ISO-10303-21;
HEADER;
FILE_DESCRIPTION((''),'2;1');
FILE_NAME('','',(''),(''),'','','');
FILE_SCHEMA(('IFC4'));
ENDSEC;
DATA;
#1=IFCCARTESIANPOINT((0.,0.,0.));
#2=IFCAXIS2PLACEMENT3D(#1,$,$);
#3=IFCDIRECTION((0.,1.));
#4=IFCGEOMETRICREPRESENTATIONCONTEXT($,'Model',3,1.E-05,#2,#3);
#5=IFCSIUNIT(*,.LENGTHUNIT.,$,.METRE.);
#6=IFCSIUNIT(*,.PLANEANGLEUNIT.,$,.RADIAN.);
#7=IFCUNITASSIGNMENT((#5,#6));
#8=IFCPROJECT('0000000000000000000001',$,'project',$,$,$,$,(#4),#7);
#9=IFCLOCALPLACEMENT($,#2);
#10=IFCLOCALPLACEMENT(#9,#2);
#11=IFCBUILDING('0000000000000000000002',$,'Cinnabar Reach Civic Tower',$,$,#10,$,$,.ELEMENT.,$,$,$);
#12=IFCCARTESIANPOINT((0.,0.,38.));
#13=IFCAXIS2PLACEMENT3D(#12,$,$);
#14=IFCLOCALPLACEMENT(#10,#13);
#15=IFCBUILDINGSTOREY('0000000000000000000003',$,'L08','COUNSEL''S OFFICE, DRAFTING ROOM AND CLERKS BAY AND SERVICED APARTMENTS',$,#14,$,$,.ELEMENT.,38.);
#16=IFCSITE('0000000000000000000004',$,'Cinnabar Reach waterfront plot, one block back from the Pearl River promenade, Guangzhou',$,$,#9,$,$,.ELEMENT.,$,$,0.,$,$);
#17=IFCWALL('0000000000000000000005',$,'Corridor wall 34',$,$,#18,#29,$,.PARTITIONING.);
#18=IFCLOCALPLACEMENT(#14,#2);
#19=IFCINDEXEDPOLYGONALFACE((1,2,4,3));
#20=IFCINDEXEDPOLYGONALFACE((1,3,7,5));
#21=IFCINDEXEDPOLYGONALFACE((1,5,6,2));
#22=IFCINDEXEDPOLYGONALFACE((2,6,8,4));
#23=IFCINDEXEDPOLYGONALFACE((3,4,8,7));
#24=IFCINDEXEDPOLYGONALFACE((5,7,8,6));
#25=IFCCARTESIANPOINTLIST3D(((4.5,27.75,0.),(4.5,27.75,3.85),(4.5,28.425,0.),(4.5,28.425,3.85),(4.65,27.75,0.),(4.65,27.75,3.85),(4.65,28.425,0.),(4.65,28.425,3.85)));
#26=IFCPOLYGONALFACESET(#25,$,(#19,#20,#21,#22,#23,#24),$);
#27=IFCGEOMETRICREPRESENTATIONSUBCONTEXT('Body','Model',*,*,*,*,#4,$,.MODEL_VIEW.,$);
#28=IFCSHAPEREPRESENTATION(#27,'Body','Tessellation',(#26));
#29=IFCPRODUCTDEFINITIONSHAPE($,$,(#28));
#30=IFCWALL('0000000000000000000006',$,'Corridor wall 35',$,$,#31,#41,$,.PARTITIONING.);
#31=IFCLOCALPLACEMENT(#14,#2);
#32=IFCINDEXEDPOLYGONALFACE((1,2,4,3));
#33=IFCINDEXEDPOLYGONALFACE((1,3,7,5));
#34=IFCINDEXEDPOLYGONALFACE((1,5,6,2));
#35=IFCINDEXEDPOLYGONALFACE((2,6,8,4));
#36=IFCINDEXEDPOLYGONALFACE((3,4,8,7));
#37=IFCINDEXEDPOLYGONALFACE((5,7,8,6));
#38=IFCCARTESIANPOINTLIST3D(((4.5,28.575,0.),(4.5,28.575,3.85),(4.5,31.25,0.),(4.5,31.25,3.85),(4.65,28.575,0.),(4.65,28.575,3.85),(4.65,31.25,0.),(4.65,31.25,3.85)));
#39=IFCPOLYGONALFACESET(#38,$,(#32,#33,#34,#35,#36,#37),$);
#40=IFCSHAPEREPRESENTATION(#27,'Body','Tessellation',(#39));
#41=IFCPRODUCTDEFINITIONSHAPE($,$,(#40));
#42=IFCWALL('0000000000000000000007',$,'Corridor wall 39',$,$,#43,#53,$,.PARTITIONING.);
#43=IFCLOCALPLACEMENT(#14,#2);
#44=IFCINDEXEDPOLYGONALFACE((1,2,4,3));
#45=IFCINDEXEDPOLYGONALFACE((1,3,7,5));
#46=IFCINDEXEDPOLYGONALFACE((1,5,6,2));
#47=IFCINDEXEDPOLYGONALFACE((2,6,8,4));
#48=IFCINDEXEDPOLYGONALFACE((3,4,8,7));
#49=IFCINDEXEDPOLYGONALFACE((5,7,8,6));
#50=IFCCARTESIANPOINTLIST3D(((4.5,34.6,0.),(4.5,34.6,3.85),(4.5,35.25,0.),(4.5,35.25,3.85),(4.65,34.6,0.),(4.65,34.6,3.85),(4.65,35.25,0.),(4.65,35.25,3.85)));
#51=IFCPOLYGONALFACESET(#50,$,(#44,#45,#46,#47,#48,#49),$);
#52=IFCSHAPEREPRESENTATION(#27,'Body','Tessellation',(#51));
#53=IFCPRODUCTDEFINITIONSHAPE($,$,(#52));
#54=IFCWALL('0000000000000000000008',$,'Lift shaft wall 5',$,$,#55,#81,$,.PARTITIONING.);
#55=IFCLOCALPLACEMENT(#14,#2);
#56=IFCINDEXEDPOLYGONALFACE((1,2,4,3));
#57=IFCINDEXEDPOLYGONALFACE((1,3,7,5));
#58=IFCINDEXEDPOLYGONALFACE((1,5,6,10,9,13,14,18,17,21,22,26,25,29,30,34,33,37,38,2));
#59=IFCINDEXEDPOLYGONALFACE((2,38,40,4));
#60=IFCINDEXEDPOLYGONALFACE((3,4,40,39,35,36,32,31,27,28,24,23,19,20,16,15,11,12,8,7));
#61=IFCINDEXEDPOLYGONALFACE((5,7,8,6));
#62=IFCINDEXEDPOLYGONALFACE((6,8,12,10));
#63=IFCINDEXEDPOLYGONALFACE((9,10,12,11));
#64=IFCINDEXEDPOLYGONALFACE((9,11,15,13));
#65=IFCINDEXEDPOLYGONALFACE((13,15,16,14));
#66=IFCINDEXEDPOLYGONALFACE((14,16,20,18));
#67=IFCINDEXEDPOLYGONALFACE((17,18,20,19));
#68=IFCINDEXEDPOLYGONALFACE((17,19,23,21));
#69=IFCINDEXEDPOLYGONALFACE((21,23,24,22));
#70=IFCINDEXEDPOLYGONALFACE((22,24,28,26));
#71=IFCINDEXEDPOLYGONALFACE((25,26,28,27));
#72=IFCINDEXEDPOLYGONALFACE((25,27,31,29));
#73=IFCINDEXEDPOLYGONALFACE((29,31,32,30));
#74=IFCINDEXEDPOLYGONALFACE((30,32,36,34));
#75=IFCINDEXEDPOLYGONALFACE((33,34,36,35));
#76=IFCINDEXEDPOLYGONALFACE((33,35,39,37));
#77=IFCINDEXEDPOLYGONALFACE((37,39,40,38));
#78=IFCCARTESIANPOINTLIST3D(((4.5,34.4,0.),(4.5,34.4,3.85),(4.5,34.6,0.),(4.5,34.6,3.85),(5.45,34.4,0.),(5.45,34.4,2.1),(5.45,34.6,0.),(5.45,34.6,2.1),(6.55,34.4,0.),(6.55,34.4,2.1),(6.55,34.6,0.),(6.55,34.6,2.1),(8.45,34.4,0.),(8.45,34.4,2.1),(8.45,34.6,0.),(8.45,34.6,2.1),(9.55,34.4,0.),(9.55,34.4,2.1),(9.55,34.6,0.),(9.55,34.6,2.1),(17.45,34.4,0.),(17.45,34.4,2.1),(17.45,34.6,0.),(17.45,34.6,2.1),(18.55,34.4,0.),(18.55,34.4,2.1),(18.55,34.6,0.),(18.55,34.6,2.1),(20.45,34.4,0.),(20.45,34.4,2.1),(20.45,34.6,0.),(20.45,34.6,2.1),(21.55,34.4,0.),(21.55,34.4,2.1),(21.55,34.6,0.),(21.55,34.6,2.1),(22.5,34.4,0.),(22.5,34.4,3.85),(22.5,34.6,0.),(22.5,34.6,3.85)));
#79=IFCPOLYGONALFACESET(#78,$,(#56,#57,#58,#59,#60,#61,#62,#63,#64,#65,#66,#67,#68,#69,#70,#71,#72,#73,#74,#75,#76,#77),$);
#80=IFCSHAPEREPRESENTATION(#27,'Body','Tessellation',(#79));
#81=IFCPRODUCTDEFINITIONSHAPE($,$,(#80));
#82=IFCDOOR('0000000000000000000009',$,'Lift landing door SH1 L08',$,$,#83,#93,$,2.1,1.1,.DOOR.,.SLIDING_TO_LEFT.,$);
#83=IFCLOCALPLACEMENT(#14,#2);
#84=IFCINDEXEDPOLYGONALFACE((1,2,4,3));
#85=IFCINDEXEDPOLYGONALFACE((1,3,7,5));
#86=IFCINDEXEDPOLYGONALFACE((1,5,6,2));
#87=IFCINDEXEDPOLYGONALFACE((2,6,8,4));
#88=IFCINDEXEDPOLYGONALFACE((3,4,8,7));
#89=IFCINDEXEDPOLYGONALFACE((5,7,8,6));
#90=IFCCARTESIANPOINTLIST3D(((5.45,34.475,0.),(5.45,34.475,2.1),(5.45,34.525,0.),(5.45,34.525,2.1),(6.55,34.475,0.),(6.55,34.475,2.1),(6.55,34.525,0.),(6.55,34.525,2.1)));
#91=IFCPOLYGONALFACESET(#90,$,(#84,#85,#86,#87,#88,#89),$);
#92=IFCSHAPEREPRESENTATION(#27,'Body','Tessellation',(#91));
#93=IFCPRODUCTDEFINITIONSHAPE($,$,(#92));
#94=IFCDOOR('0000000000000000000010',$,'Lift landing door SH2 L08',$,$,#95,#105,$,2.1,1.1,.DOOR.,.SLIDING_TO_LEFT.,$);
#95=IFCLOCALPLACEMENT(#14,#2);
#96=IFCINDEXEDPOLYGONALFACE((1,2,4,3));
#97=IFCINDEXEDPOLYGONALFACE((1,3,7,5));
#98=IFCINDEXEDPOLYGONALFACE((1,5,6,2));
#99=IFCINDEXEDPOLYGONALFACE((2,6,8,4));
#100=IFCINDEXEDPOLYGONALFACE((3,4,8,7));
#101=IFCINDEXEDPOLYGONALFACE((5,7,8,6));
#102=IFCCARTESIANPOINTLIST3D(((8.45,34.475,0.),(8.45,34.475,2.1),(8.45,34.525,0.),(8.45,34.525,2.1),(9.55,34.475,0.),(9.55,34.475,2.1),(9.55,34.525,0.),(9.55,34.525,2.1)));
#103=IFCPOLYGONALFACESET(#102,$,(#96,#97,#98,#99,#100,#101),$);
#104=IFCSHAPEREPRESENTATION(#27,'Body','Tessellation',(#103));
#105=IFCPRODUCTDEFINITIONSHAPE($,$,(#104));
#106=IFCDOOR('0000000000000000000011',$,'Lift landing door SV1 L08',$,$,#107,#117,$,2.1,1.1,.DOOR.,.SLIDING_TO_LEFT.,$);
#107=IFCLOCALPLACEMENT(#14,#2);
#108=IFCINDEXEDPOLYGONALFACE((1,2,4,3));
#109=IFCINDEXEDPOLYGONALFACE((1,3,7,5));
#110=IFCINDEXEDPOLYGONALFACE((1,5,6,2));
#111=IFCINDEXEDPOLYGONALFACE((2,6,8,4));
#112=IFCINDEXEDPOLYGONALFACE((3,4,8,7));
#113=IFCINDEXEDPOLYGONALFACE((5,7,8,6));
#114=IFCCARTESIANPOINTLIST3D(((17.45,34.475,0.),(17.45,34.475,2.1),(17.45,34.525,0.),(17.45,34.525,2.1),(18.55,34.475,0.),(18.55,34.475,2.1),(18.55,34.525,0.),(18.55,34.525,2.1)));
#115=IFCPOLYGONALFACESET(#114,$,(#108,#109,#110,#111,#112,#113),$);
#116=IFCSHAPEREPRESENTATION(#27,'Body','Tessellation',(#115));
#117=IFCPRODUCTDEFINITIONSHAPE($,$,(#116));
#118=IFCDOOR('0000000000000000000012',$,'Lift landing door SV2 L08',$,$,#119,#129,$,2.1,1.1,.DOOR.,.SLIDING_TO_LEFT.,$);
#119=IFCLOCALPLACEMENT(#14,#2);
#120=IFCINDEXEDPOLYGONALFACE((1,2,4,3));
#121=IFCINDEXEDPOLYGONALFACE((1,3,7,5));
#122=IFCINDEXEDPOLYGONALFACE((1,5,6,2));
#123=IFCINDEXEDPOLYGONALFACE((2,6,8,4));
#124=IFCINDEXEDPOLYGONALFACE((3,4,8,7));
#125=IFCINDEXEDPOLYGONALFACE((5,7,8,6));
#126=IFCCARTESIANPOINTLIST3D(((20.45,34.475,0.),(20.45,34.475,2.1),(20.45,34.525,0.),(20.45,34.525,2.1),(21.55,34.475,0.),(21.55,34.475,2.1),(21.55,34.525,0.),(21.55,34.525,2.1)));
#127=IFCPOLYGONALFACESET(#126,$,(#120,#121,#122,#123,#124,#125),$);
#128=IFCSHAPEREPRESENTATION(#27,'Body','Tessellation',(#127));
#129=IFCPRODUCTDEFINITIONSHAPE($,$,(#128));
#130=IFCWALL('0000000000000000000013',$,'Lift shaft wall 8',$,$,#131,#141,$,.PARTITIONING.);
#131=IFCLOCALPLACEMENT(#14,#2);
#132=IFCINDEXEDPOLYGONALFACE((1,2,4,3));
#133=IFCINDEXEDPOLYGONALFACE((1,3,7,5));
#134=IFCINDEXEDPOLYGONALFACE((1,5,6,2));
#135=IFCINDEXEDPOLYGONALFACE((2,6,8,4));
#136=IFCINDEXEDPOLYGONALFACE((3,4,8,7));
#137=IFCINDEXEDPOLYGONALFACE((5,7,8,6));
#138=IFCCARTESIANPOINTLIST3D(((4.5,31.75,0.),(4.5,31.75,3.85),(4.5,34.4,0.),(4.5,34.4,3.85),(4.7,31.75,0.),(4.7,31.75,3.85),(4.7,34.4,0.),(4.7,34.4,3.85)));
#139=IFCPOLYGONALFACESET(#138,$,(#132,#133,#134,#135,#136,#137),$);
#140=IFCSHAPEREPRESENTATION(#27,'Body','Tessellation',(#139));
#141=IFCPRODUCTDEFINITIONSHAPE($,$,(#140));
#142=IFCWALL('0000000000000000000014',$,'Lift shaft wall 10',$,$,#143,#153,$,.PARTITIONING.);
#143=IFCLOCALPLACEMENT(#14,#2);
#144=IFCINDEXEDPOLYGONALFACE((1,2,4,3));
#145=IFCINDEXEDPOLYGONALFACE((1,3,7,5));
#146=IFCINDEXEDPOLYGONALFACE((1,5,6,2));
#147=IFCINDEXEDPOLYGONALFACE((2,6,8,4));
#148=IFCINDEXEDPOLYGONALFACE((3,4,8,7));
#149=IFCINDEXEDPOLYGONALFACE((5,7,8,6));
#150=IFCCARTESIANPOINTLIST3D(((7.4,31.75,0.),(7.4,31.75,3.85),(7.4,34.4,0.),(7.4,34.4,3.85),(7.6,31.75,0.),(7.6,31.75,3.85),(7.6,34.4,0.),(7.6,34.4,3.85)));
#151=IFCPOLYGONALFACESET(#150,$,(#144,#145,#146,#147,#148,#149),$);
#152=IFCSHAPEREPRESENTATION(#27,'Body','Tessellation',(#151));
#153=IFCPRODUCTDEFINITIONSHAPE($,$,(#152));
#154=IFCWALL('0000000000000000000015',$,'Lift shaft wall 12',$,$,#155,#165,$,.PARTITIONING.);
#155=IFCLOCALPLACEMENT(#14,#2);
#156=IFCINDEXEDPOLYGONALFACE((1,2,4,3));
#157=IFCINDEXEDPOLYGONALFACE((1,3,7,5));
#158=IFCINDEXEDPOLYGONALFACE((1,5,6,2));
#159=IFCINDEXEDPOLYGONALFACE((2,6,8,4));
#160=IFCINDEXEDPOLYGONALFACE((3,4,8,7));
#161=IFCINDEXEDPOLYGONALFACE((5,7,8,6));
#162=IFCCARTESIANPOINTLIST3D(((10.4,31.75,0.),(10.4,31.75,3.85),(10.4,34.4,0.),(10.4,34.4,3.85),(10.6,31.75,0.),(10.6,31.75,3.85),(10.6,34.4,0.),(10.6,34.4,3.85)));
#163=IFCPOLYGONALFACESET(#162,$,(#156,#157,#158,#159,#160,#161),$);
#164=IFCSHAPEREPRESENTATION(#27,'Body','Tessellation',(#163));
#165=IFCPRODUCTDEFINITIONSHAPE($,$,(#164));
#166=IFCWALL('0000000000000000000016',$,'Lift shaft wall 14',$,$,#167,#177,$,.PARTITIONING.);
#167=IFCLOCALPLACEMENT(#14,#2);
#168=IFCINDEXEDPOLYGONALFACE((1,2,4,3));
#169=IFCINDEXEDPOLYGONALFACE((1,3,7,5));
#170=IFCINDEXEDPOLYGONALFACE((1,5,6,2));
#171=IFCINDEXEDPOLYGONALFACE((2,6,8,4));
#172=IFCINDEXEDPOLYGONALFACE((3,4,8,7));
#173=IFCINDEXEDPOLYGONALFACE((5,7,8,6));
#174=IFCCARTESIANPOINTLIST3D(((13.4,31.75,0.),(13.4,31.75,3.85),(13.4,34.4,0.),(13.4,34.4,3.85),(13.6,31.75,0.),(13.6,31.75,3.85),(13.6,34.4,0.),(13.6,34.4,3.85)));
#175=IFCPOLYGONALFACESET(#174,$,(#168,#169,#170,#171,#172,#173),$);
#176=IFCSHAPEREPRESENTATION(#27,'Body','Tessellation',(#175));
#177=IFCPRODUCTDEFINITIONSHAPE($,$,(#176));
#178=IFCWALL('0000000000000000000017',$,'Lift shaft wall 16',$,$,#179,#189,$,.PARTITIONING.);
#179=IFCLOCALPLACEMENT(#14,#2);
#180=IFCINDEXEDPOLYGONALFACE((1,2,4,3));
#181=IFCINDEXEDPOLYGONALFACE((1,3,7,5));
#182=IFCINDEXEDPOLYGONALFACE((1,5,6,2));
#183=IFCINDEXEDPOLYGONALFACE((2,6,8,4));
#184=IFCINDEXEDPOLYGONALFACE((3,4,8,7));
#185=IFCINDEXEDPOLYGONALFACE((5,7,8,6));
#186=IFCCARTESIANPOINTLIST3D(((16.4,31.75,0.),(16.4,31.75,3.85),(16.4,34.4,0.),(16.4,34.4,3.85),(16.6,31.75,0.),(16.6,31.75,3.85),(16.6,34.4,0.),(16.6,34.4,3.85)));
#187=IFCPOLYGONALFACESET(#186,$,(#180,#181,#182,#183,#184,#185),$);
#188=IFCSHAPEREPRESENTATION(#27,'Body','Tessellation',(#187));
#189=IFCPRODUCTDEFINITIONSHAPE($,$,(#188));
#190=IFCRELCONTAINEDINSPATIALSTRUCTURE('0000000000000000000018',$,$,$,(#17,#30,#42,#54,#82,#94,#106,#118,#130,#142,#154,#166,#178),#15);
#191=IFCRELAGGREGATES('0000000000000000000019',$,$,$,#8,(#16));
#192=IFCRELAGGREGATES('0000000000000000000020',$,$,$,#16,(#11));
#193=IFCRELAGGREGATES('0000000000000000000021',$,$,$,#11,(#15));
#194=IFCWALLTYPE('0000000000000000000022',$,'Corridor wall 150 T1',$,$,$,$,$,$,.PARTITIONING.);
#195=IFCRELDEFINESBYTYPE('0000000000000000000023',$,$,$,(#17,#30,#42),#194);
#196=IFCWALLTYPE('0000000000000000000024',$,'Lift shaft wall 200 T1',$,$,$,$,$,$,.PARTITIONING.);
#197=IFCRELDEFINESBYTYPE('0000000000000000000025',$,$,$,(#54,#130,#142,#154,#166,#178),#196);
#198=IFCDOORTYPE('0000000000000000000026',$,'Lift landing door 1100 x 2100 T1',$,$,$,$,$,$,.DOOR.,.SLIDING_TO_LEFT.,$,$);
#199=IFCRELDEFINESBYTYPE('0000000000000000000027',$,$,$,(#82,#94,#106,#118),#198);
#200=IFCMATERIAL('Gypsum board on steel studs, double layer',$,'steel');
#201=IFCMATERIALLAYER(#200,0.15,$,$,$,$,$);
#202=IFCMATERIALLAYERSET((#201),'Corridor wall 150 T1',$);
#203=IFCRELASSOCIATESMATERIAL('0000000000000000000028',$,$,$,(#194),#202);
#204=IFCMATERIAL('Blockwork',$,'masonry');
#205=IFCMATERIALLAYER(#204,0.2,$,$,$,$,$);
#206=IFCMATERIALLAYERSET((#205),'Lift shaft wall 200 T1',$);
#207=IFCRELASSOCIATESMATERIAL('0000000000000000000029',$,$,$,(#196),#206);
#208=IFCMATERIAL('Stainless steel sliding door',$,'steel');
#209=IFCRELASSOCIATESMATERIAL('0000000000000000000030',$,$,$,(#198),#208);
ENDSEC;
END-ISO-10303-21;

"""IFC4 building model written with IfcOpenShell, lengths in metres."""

from ifc_helpers import new_model, si_unit, direction, frame, frame_2d, origin, place, context, subcontext, project, spatial, rectangle, extrude, material, layer, layer_set, type_object, element, fill, save


model = new_model("IFC4")

# Units and contexts
model_context = context("Model", 3, precision=1e-05, world=origin(), true_north=direction((0.0, 1.0)))
body_context = subcontext(model_context, "Body", "Model", "MODEL_VIEW")
ifc_project = project(units=[si_unit("LENGTHUNIT", "METRE"), si_unit("PLANEANGLEUNIT", "RADIAN")], contexts=[model_context])

# Site, building, storey
site_placement = place(None, origin())
site = spatial("IfcSite", under=ifc_project, at=site_placement, Name="Cinnabar Reach waterfront plot, one block back from the Pearl River promenade, Guangzhou", CompositionType="ELEMENT", RefElevation=0.0)
building_placement = place(site_placement, origin())
building = spatial("IfcBuilding", under=site, at=building_placement, Name="Cinnabar Reach Civic Tower", CompositionType="ELEMENT")
storey_placement = place(building_placement, frame((0.0, 0.0, 38.0)))
storey = spatial("IfcBuildingStorey", under=building, at=storey_placement, Name="L08", Description="COUNSEL'S OFFICE, DRAFTING ROOM AND CLERKS BAY AND SERVICED APARTMENTS", CompositionType="ELEMENT", Elevation=38.0)

# Walls
ifc_material_1 = material(Name="Gypsum board on steel studs, double layer", Category="steel")
ifc_layer_1 = layer(ifc_material_1, 0.15)
ifc_layer_set_1 = layer_set([ifc_layer_1], Name="Corridor wall 150 T1")
wall_type_1 = type_object("IfcWallType", Name="Corridor wall 150 T1", PredefinedType="PARTITIONING", material=ifc_layer_set_1)
wall_1_placement = place(storey_placement, frame((4.575, 27.75, 0.0), z_axis=(0.0, 0.0, 1.0), x_axis=(0.0, 1.0, 0.0)))
element("IfcWall", 1, at=wall_1_placement, inside=storey, type_object=wall_type_1, Name="Corridor wall 34", PredefinedType="PARTITIONING", context=body_context, shape_type="SweptSolid", body=[
    extrude(rectangle(XDim=0.675, YDim=0.15, at=frame_2d((0.3375, 0.0))), origin(), (0.0, 0.0, 1.0), 3.85),
])
wall_2_placement = place(storey_placement, frame((4.575, 28.575, 0.0), z_axis=(0.0, 0.0, 1.0), x_axis=(0.0, 1.0, 0.0)))
element("IfcWall", 2, at=wall_2_placement, inside=storey, type_object=wall_type_1, Name="Corridor wall 35", PredefinedType="PARTITIONING", context=body_context, shape_type="SweptSolid", body=[
    extrude(rectangle(XDim=2.675, YDim=0.15, at=frame_2d((1.3375, 0.0))), origin(), (0.0, 0.0, 1.0), 3.85),
])
wall_3_placement = place(storey_placement, frame((4.575, 34.6, 0.0), z_axis=(0.0, 0.0, 1.0), x_axis=(0.0, 1.0, 0.0)))
element("IfcWall", 3, at=wall_3_placement, inside=storey, type_object=wall_type_1, Name="Corridor wall 39", PredefinedType="PARTITIONING", context=body_context, shape_type="SweptSolid", body=[
    extrude(rectangle(XDim=0.65, YDim=0.15, at=frame_2d((0.325, 0.0))), origin(), (0.0, 0.0, 1.0), 3.85),
])

# Wall, openings, doors
ifc_material_2 = material(Name="Blockwork", Category="masonry")
ifc_layer_2 = layer(ifc_material_2, 0.2)
ifc_layer_set_2 = layer_set([ifc_layer_2], Name="Lift shaft wall 200 T1")
wall_type_2 = type_object("IfcWallType", Name="Lift shaft wall 200 T1", PredefinedType="PARTITIONING", material=ifc_layer_set_2)
wall_4_placement = place(storey_placement, frame((4.5, 34.5, 0.0), z_axis=(0.0, 0.0, 1.0), x_axis=(1.0, 0.0, 0.0)))
wall_4 = element("IfcWall", 4, at=wall_4_placement, inside=storey, type_object=wall_type_2, Name="Lift shaft wall 5", PredefinedType="PARTITIONING", context=body_context, shape_type="SweptSolid", body=[
    extrude(rectangle(XDim=18.0, YDim=0.2, at=frame_2d((9.0, 0.0))), origin(), (0.0, 0.0, 1.0), 3.85),
])
opening_1_placement = place(wall_4_placement, frame((0.95, 0.0, 0.0)))
opening_1 = element("IfcOpeningElement", 5, at=opening_1_placement, cuts=wall_4, PredefinedType="OPENING", context=body_context, shape_type="SweptSolid", body=[
    extrude(rectangle(XDim=1.1, YDim=2.1, at=frame_2d((0.55, 1.05))), frame((0.0, 0.11, 0.0), z_axis=(0.0, -1.0, 0.0), x_axis=(1.0, 0.0, 0.0)), (0.0, 0.0, 1.0), 0.22),
])
opening_2_placement = place(wall_4_placement, frame((3.95, 0.0, 0.0)))
opening_2 = element("IfcOpeningElement", 6, at=opening_2_placement, cuts=wall_4, PredefinedType="OPENING", context=body_context, shape_type="SweptSolid", body=[
    extrude(rectangle(XDim=1.1, YDim=2.1, at=frame_2d((0.55, 1.05))), frame((0.0, 0.11, 0.0), z_axis=(0.0, -1.0, 0.0), x_axis=(1.0, 0.0, 0.0)), (0.0, 0.0, 1.0), 0.22),
])
opening_3_placement = place(wall_4_placement, frame((12.95, 0.0, 0.0)))
opening_3 = element("IfcOpeningElement", 7, at=opening_3_placement, cuts=wall_4, PredefinedType="OPENING", context=body_context, shape_type="SweptSolid", body=[
    extrude(rectangle(XDim=1.1, YDim=2.1, at=frame_2d((0.55, 1.05))), frame((0.0, 0.11, 0.0), z_axis=(0.0, -1.0, 0.0), x_axis=(1.0, 0.0, 0.0)), (0.0, 0.0, 1.0), 0.22),
])
opening_4_placement = place(wall_4_placement, frame((15.95, 0.0, 0.0)))
opening_4 = element("IfcOpeningElement", 8, at=opening_4_placement, cuts=wall_4, PredefinedType="OPENING", context=body_context, shape_type="SweptSolid", body=[
    extrude(rectangle(XDim=1.1, YDim=2.1, at=frame_2d((0.55, 1.05))), frame((0.0, 0.11, 0.0), z_axis=(0.0, -1.0, 0.0), x_axis=(1.0, 0.0, 0.0)), (0.0, 0.0, 1.0), 0.22),
])
ifc_material_3 = material(Name="Stainless steel sliding door", Category="steel")
door_type_1 = type_object("IfcDoorType", Name="Lift landing door 1100 x 2100 T1", OperationType="SLIDING_TO_LEFT", PredefinedType="DOOR", material=ifc_material_3)
door_1_placement = place(opening_1_placement, origin())
door_1 = element("IfcDoor", 9, at=door_1_placement, inside=storey, type_object=door_type_1, Name="Lift landing door SH1 L08", OperationType="SLIDING_TO_LEFT", OverallHeight=2.1, OverallWidth=1.1, PredefinedType="DOOR", context=body_context, shape_type="SweptSolid", body=[
    extrude(rectangle(XDim=1.1, YDim=2.1, at=frame_2d((0.55, 1.05))), frame((0.0, 0.025, 0.0), z_axis=(0.0, -1.0, 0.0), x_axis=(1.0, 0.0, 0.0)), (0.0, 0.0, 1.0), 0.05),
])
fill(opening_1, door_1)
door_2_placement = place(opening_2_placement, origin())
door_2 = element("IfcDoor", 10, at=door_2_placement, inside=storey, type_object=door_type_1, Name="Lift landing door SH2 L08", OperationType="SLIDING_TO_LEFT", OverallHeight=2.1, OverallWidth=1.1, PredefinedType="DOOR", context=body_context, shape_type="SweptSolid", body=[
    extrude(rectangle(XDim=1.1, YDim=2.1, at=frame_2d((0.55, 1.05))), frame((0.0, 0.025, 0.0), z_axis=(0.0, -1.0, 0.0), x_axis=(1.0, 0.0, 0.0)), (0.0, 0.0, 1.0), 0.05),
])
fill(opening_2, door_2)
door_3_placement = place(opening_3_placement, origin())
door_3 = element("IfcDoor", 11, at=door_3_placement, inside=storey, type_object=door_type_1, Name="Lift landing door SV1 L08", OperationType="SLIDING_TO_LEFT", OverallHeight=2.1, OverallWidth=1.1, PredefinedType="DOOR", context=body_context, shape_type="SweptSolid", body=[
    extrude(rectangle(XDim=1.1, YDim=2.1, at=frame_2d((0.55, 1.05))), frame((0.0, 0.025, 0.0), z_axis=(0.0, -1.0, 0.0), x_axis=(1.0, 0.0, 0.0)), (0.0, 0.0, 1.0), 0.05),
])
fill(opening_3, door_3)
door_4_placement = place(opening_4_placement, origin())
door_4 = element("IfcDoor", 12, at=door_4_placement, inside=storey, type_object=door_type_1, Name="Lift landing door SV2 L08", OperationType="SLIDING_TO_LEFT", OverallHeight=2.1, OverallWidth=1.1, PredefinedType="DOOR", context=body_context, shape_type="SweptSolid", body=[
    extrude(rectangle(XDim=1.1, YDim=2.1, at=frame_2d((0.55, 1.05))), frame((0.0, 0.025, 0.0), z_axis=(0.0, -1.0, 0.0), x_axis=(1.0, 0.0, 0.0)), (0.0, 0.0, 1.0), 0.05),
])
fill(opening_4, door_4)

# Walls
for number, where, z_axis, x_axis, name in (
    (13, (4.6, 31.75, 0.0), (0.0, 0.0, 1.0), (0.0, 1.0, 0.0), "Lift shaft wall 8"),
    (14, (7.5, 31.75, 0.0), (0.0, 0.0, 1.0), (0.0, 1.0, 0.0), "Lift shaft wall 10"),
    (15, (10.5, 31.75, 0.0), (0.0, 0.0, 1.0), (0.0, 1.0, 0.0), "Lift shaft wall 12"),
    (16, (13.5, 31.75, 0.0), (0.0, 0.0, 1.0), (0.0, 1.0, 0.0), "Lift shaft wall 14"),
    (17, (16.5, 31.75, 0.0), (0.0, 0.0, 1.0), (0.0, 1.0, 0.0), "Lift shaft wall 16"),
):
    element("IfcWall", number, at=place(storey_placement, frame(where, z_axis=z_axis, x_axis=x_axis)), inside=storey, type_object=wall_type_2, Name=name, PredefinedType="PARTITIONING", context=body_context, shape_type="SweptSolid", body=[
        extrude(rectangle(XDim=2.65, YDim=0.2, at=frame_2d((1.325, 0.0))), origin(), (0.0, 0.0, 1.0), 3.85),
    ])

save(model, "model.ifc")
